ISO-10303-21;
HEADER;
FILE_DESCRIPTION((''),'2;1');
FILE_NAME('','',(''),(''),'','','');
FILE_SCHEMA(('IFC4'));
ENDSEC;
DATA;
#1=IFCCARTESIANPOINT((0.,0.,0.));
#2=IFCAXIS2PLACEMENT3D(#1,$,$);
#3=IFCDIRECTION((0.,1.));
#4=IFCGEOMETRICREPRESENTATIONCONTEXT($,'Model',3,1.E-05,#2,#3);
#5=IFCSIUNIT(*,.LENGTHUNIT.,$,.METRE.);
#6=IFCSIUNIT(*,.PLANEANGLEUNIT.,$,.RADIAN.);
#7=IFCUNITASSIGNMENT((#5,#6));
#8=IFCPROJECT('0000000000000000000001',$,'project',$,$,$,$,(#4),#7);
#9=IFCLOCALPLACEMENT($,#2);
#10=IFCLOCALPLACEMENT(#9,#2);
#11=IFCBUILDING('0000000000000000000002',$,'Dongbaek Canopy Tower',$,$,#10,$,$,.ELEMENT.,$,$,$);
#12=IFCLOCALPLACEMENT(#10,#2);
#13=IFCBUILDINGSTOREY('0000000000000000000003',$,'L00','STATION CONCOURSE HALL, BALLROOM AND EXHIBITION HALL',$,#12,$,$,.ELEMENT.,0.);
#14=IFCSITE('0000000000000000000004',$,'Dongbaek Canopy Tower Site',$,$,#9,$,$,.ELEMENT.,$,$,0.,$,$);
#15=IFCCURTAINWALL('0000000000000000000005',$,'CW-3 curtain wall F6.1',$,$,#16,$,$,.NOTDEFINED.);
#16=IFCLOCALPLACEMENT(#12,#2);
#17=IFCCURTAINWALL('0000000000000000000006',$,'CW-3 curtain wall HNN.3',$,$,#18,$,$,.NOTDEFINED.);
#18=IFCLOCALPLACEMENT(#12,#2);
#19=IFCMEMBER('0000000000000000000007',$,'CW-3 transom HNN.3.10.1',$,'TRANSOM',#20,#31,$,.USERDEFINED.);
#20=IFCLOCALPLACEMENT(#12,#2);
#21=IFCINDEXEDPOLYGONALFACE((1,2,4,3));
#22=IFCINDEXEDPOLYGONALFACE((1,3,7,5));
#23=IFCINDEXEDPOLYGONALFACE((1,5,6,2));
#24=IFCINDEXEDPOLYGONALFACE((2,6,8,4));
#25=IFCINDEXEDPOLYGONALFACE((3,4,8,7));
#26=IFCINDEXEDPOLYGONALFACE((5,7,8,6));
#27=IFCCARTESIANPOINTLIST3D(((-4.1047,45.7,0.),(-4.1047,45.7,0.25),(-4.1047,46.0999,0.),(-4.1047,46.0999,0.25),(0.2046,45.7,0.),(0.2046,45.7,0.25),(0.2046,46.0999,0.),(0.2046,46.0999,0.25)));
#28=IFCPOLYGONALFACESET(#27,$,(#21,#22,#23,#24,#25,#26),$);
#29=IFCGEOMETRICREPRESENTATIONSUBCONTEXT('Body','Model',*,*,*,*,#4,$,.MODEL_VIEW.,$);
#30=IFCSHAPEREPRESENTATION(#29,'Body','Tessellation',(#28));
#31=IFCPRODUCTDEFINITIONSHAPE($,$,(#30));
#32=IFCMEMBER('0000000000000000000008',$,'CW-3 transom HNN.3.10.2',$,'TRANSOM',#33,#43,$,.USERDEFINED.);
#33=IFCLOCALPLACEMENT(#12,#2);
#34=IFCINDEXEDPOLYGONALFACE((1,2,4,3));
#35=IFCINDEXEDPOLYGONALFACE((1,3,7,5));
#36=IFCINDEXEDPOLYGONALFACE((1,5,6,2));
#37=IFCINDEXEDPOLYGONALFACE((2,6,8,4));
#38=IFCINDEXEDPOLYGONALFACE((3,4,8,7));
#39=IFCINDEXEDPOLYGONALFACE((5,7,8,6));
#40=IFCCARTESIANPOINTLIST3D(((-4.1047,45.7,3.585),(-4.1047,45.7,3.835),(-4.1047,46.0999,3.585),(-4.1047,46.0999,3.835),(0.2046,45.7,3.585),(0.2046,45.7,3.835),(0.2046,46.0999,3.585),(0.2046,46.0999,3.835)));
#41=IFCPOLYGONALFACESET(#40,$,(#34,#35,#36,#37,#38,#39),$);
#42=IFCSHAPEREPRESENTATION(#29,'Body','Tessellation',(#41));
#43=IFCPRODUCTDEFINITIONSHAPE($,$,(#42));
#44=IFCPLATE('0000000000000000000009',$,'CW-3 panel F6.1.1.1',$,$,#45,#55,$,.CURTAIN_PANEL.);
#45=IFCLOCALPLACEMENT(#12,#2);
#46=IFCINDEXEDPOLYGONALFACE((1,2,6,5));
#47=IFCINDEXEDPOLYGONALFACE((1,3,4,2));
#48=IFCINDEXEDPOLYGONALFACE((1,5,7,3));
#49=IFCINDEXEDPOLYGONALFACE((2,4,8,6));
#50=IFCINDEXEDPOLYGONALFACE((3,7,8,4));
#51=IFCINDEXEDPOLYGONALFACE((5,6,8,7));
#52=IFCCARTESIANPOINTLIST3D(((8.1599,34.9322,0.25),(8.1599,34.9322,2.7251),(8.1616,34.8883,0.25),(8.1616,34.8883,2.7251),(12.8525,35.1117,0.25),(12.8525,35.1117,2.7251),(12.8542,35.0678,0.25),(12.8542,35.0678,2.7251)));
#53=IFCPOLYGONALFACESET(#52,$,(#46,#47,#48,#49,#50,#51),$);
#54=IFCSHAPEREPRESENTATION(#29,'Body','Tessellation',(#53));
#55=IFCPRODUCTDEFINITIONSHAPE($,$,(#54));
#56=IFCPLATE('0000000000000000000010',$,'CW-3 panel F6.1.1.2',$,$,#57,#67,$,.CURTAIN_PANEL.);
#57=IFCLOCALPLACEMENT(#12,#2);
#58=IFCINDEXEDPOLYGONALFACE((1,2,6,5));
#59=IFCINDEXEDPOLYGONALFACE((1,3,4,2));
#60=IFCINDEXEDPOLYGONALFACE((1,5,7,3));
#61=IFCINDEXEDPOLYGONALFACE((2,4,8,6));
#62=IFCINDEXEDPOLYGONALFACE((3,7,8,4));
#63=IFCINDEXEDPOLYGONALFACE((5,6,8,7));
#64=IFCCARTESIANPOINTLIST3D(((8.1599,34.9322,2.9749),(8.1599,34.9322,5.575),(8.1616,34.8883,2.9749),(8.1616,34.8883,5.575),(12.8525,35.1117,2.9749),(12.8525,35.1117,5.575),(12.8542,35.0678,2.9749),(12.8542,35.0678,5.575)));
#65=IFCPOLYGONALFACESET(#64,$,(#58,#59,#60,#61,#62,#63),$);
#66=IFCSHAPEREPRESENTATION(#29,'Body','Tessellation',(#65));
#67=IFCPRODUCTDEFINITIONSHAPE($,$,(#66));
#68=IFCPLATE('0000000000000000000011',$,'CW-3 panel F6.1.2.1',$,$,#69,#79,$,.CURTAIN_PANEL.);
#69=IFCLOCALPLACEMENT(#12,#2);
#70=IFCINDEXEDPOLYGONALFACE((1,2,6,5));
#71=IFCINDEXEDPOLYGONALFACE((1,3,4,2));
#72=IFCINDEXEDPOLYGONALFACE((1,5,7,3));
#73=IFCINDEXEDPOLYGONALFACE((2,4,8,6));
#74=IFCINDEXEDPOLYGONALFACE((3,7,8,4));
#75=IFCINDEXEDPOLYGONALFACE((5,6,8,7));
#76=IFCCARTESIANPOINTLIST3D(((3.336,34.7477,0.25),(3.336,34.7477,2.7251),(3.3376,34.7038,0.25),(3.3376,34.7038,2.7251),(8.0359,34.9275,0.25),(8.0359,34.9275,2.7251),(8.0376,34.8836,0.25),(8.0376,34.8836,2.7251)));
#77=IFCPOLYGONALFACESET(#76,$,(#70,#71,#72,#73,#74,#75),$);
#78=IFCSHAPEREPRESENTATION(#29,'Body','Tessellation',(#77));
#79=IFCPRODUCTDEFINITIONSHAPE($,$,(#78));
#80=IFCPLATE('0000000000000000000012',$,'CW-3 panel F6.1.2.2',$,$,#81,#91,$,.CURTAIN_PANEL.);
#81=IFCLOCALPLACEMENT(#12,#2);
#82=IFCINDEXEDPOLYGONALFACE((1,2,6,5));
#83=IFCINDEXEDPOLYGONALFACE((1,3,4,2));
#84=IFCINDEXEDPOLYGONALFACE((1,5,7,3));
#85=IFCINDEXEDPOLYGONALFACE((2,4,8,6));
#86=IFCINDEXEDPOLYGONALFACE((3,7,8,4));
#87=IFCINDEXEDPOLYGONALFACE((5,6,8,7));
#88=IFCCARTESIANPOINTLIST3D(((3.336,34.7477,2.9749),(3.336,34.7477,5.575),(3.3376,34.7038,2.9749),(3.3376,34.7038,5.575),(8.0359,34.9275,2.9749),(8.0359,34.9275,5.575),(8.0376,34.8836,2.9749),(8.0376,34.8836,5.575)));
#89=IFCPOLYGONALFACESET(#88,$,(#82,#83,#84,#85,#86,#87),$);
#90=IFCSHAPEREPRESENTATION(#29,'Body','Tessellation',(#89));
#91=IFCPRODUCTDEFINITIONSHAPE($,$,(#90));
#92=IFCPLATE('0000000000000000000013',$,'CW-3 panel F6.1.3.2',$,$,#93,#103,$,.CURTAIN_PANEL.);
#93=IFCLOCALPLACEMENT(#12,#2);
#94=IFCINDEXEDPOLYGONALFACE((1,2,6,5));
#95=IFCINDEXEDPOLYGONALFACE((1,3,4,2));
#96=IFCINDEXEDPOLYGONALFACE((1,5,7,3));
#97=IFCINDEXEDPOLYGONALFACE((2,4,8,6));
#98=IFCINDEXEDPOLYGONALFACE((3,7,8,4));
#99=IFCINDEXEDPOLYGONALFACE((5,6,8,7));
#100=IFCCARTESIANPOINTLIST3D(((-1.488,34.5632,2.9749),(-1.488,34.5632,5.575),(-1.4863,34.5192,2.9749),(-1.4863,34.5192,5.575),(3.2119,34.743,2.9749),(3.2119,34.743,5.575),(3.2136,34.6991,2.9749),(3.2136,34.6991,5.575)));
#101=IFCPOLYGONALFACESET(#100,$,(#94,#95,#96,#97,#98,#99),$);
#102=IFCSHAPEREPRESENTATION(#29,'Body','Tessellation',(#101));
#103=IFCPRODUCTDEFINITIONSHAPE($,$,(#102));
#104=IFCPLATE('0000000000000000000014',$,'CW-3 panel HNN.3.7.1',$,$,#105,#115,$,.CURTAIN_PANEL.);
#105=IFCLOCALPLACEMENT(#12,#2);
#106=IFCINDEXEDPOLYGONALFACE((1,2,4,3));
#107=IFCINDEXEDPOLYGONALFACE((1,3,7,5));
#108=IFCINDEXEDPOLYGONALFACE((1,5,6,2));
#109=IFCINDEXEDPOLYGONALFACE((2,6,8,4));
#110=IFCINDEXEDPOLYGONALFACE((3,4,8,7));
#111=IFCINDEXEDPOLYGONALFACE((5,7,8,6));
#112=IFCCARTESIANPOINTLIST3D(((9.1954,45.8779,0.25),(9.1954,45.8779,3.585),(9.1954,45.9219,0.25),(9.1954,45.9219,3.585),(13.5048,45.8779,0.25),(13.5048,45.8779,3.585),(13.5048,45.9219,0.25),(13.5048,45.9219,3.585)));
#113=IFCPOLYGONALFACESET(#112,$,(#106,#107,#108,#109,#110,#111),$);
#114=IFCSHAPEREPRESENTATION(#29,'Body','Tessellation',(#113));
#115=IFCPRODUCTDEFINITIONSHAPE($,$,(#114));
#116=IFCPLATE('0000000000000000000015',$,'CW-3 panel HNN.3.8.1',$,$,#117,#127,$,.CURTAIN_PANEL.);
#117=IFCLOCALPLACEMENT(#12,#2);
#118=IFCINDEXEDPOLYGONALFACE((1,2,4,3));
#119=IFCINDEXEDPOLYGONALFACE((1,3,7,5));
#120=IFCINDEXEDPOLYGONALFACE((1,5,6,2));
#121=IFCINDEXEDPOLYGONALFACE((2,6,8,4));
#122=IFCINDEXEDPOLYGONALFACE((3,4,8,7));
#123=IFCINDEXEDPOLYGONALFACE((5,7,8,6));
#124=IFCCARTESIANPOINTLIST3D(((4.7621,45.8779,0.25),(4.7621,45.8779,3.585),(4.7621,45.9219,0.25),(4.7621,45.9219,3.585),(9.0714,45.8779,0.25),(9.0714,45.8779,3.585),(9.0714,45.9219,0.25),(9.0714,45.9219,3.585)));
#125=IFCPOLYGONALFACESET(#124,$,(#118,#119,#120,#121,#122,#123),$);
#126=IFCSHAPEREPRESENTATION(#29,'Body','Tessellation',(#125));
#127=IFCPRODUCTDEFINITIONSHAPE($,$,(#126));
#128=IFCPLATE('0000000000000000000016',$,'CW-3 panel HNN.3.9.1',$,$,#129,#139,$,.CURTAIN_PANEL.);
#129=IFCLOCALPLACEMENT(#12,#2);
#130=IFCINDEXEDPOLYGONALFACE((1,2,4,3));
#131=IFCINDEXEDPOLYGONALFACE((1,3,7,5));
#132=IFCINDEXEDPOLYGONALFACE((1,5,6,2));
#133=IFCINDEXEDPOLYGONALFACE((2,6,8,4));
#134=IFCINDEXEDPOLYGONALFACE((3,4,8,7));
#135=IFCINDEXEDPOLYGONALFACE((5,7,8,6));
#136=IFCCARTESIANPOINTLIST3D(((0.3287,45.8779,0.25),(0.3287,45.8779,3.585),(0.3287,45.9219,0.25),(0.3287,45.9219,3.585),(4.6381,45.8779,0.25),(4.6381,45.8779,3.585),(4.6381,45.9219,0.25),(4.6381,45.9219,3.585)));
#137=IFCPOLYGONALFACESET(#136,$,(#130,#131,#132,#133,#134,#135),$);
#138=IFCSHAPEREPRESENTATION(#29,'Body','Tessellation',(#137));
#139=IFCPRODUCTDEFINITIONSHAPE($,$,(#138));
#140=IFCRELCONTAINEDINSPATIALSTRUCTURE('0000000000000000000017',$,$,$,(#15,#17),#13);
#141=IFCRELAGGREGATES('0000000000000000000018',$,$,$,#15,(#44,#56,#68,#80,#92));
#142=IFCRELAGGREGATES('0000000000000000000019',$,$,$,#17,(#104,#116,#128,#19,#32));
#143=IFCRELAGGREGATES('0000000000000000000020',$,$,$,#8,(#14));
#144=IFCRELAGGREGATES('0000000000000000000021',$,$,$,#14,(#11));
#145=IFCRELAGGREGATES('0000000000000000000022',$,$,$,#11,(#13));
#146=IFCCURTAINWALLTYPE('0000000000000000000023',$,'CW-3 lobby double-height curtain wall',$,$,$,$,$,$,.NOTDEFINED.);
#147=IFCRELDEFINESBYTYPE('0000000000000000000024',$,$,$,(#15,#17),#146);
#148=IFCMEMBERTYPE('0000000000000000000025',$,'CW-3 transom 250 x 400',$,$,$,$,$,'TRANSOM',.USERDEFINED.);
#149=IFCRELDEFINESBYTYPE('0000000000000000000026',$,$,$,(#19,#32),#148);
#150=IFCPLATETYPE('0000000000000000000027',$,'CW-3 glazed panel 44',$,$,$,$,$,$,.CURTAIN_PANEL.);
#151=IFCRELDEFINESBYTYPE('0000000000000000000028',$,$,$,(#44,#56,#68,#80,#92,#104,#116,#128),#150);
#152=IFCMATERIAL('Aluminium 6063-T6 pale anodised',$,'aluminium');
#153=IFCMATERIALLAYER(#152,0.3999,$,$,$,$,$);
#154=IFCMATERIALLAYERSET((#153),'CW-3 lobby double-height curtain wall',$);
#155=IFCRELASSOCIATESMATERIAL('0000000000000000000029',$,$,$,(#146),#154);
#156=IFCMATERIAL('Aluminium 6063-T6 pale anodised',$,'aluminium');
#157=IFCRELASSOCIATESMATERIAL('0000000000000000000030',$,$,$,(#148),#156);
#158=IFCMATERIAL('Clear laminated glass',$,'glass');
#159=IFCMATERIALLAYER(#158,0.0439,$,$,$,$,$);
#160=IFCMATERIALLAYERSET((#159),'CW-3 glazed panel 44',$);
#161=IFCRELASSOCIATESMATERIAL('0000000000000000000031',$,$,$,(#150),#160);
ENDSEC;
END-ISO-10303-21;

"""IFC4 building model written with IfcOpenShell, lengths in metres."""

from ifc_helpers import new_model, si_unit, direction, frame, origin, origin_2d, place, context, subcontext, project, spatial, rectangle, extrude, material, layer, layer_set, material_profile, profile_set, type_object, element, aggregate, save


model = new_model("IFC4")

# Units and contexts
model_context = context("Model", 3, precision=1e-05, world=origin(), true_north=direction((0.0, 1.0)))
body_context = subcontext(model_context, "Body", "Model", "MODEL_VIEW")
ifc_project = project(units=[si_unit("LENGTHUNIT", "METRE"), si_unit("PLANEANGLEUNIT", "RADIAN")], contexts=[model_context])

# Site, building, storey
site_placement = place(None, origin())
site = spatial("IfcSite", under=ifc_project, at=site_placement, Name="Dongbaek Canopy Tower Site", CompositionType="ELEMENT", RefElevation=0.0)
building_placement = place(site_placement, origin())
building = spatial("IfcBuilding", under=site, at=building_placement, Name="Dongbaek Canopy Tower", CompositionType="ELEMENT")
storey_placement = place(building_placement, origin())
storey = spatial("IfcBuildingStorey", under=building, at=storey_placement, Name="L00", Description="STATION CONCOURSE HALL, BALLROOM AND EXHIBITION HALL", CompositionType="ELEMENT", Elevation=0.0)

# Curtain walls
ifc_material_1 = material(Name="Aluminium 6063-T6 pale anodised", Category="aluminium")
ifc_layer_1 = layer(ifc_material_1, 0.3999)
ifc_layer_set_1 = layer_set([ifc_layer_1], Name="CW-3 lobby double-height curtain wall")
curtain_wall_type = type_object("IfcCurtainWallType", Name="CW-3 lobby double-height curtain wall", PredefinedType="NOTDEFINED", material=ifc_layer_set_1)
curtain_wall_1_placement = place(storey_placement, origin())
curtain_wall_1 = element("IfcCurtainWall", 1, at=curtain_wall_1_placement, inside=storey, type_object=curtain_wall_type, Name="CW-3 curtain wall F6.1", PredefinedType="NOTDEFINED")
curtain_wall_2_placement = place(storey_placement, origin())
curtain_wall_2 = element("IfcCurtainWall", 2, at=curtain_wall_2_placement, inside=storey, type_object=curtain_wall_type, Name="CW-3 curtain wall HNN.3", PredefinedType="NOTDEFINED")

# Members
ifc_material_2 = material(Name="Aluminium 6063-T6 pale anodised", Category="aluminium")
ifc_material_profile_1 = material_profile(ifc_material_2, rectangle(XDim=0.3999, YDim=0.25, at=origin_2d()), Name="CW-3 transom 250 x 400")
ifc_profile_set_1 = profile_set([ifc_material_profile_1], Name="Aluminium 6063-T6 pale anodised")
member_type_1 = type_object("IfcMemberType", Name="CW-3 transom 250 x 400", ElementType="TRANSOM", PredefinedType="USERDEFINED", material=ifc_profile_set_1)
member_1_placement = place(storey_placement, frame((0.2046, 45.8999, 0.125), z_axis=(-1.0, 0.0, 0.0), x_axis=(0.0, -1.0, 0.0)))
member_1 = element("IfcMember", 3, at=member_1_placement, type_object=member_type_1, Name="CW-3 transom HNN.3.10.1", ObjectType="TRANSOM", PredefinedType="USERDEFINED", context=body_context, shape_type="SweptSolid", body=[
    extrude(rectangle(XDim=0.3999, YDim=0.25, at=origin_2d()), origin(), (0.0, 0.0, 1.0), 4.3093),
])
member_2_placement = place(storey_placement, frame((0.2046, 45.8999, 3.71), z_axis=(-1.0, 0.0, 0.0), x_axis=(0.0, -1.0, 0.0)))
member_2 = element("IfcMember", 4, at=member_2_placement, type_object=member_type_1, Name="CW-3 transom HNN.3.10.2", ObjectType="TRANSOM", PredefinedType="USERDEFINED", context=body_context, shape_type="SweptSolid", body=[
    extrude(rectangle(XDim=0.3999, YDim=0.25, at=origin_2d()), origin(), (0.0, 0.0, 1.0), 4.3093),
])

# Plates
ifc_material_3 = material(Name="Clear laminated glass", Category="glass")
ifc_layer_2 = layer(ifc_material_3, 0.0439)
ifc_layer_set_2 = layer_set([ifc_layer_2], Name="CW-3 glazed panel 44")
plate_type = type_object("IfcPlateType", Name="CW-3 glazed panel 44", PredefinedType="CURTAIN_PANEL", material=ifc_layer_set_2)
plate_1_placement = place(storey_placement, frame((10.5071, 35.0, 0.25), z_axis=(0.0, 0.0, 1.0), x_axis=(-0.999269, -0.038232, 0.0)))
plate_1 = element("IfcPlate", 5, at=plate_1_placement, type_object=plate_type, Name="CW-3 panel F6.1.1.1", PredefinedType="CURTAIN_PANEL", context=body_context, shape_type="SweptSolid", body=[
    extrude(rectangle(XDim=4.696, YDim=0.0439, at=origin_2d()), origin(), (0.0, 0.0, 1.0), 2.4751),
])
plate_2_placement = place(storey_placement, frame((10.5071, 35.0, 2.9749), z_axis=(0.0, 0.0, 1.0), x_axis=(-0.999269, -0.038232, 0.0)))
plate_2 = element("IfcPlate", 6, at=plate_2_placement, type_object=plate_type, Name="CW-3 panel F6.1.1.2", PredefinedType="CURTAIN_PANEL", context=body_context, shape_type="SweptSolid", body=[
    extrude(rectangle(XDim=4.696, YDim=0.0439, at=origin_2d()), origin(), (0.0, 0.0, 1.0), 2.6001),
])
plate_3_placement = place(storey_placement, frame((5.6868, 34.8157, 0.25), z_axis=(0.0, 0.0, 1.0), x_axis=(-0.999269, -0.038232, 0.0)))
plate_3 = element("IfcPlate", 7, at=plate_3_placement, type_object=plate_type, Name="CW-3 panel F6.1.2.1", PredefinedType="CURTAIN_PANEL", context=body_context, shape_type="SweptSolid", body=[
    extrude(rectangle(XDim=4.7034, YDim=0.0439, at=origin_2d()), origin(), (0.0, 0.0, 1.0), 2.4751),
])
plate_4_placement = place(storey_placement, frame((5.6868, 34.8157, 2.9749), z_axis=(0.0, 0.0, 1.0), x_axis=(-0.999269, -0.038232, 0.0)))
plate_4 = element("IfcPlate", 8, at=plate_4_placement, type_object=plate_type, Name="CW-3 panel F6.1.2.2", PredefinedType="CURTAIN_PANEL", context=body_context, shape_type="SweptSolid", body=[
    extrude(rectangle(XDim=4.7034, YDim=0.0439, at=origin_2d()), origin(), (0.0, 0.0, 1.0), 2.6001),
])
plate_5_placement = place(storey_placement, frame((0.8628, 34.6311, 2.9749), z_axis=(0.0, 0.0, 1.0), x_axis=(-0.999269, -0.038232, 0.0)))
plate_5 = element("IfcPlate", 9, at=plate_5_placement, type_object=plate_type, Name="CW-3 panel F6.1.3.2", PredefinedType="CURTAIN_PANEL", context=body_context, shape_type="SweptSolid", body=[
    extrude(rectangle(XDim=4.7034, YDim=0.0439, at=origin_2d()), origin(), (0.0, 0.0, 1.0), 2.6001),
])
aggregate(curtain_wall_1, [plate_1, plate_2, plate_3, plate_4, plate_5])
plate_6_placement = place(storey_placement, frame((11.3501, 45.8999, 0.25), z_axis=(0.0, 0.0, 1.0), x_axis=(-1.0, 0.0, 0.0)))
plate_6 = element("IfcPlate", 10, at=plate_6_placement, type_object=plate_type, Name="CW-3 panel HNN.3.7.1", PredefinedType="CURTAIN_PANEL", context=body_context, shape_type="SweptSolid", body=[
    extrude(rectangle(XDim=4.3093, YDim=0.0439, at=origin_2d()), origin(), (0.0, 0.0, 1.0), 3.335),
])
plate_7_placement = place(storey_placement, frame((6.9167, 45.8999, 0.25), z_axis=(0.0, 0.0, 1.0), x_axis=(-1.0, 0.0, 0.0)))
plate_7 = element("IfcPlate", 11, at=plate_7_placement, type_object=plate_type, Name="CW-3 panel HNN.3.8.1", PredefinedType="CURTAIN_PANEL", context=body_context, shape_type="SweptSolid", body=[
    extrude(rectangle(XDim=4.3093, YDim=0.0439, at=origin_2d()), origin(), (0.0, 0.0, 1.0), 3.335),
])
plate_8_placement = place(storey_placement, frame((2.4834, 45.8999, 0.25), z_axis=(0.0, 0.0, 1.0), x_axis=(-1.0, 0.0, 0.0)))
plate_8 = element("IfcPlate", 12, at=plate_8_placement, type_object=plate_type, Name="CW-3 panel HNN.3.9.1", PredefinedType="CURTAIN_PANEL", context=body_context, shape_type="SweptSolid", body=[
    extrude(rectangle(XDim=4.3093, YDim=0.0439, at=origin_2d()), origin(), (0.0, 0.0, 1.0), 3.335),
])
aggregate(curtain_wall_2, [plate_6, plate_7, plate_8, member_1, member_2])

save(model, "model.ifc")
